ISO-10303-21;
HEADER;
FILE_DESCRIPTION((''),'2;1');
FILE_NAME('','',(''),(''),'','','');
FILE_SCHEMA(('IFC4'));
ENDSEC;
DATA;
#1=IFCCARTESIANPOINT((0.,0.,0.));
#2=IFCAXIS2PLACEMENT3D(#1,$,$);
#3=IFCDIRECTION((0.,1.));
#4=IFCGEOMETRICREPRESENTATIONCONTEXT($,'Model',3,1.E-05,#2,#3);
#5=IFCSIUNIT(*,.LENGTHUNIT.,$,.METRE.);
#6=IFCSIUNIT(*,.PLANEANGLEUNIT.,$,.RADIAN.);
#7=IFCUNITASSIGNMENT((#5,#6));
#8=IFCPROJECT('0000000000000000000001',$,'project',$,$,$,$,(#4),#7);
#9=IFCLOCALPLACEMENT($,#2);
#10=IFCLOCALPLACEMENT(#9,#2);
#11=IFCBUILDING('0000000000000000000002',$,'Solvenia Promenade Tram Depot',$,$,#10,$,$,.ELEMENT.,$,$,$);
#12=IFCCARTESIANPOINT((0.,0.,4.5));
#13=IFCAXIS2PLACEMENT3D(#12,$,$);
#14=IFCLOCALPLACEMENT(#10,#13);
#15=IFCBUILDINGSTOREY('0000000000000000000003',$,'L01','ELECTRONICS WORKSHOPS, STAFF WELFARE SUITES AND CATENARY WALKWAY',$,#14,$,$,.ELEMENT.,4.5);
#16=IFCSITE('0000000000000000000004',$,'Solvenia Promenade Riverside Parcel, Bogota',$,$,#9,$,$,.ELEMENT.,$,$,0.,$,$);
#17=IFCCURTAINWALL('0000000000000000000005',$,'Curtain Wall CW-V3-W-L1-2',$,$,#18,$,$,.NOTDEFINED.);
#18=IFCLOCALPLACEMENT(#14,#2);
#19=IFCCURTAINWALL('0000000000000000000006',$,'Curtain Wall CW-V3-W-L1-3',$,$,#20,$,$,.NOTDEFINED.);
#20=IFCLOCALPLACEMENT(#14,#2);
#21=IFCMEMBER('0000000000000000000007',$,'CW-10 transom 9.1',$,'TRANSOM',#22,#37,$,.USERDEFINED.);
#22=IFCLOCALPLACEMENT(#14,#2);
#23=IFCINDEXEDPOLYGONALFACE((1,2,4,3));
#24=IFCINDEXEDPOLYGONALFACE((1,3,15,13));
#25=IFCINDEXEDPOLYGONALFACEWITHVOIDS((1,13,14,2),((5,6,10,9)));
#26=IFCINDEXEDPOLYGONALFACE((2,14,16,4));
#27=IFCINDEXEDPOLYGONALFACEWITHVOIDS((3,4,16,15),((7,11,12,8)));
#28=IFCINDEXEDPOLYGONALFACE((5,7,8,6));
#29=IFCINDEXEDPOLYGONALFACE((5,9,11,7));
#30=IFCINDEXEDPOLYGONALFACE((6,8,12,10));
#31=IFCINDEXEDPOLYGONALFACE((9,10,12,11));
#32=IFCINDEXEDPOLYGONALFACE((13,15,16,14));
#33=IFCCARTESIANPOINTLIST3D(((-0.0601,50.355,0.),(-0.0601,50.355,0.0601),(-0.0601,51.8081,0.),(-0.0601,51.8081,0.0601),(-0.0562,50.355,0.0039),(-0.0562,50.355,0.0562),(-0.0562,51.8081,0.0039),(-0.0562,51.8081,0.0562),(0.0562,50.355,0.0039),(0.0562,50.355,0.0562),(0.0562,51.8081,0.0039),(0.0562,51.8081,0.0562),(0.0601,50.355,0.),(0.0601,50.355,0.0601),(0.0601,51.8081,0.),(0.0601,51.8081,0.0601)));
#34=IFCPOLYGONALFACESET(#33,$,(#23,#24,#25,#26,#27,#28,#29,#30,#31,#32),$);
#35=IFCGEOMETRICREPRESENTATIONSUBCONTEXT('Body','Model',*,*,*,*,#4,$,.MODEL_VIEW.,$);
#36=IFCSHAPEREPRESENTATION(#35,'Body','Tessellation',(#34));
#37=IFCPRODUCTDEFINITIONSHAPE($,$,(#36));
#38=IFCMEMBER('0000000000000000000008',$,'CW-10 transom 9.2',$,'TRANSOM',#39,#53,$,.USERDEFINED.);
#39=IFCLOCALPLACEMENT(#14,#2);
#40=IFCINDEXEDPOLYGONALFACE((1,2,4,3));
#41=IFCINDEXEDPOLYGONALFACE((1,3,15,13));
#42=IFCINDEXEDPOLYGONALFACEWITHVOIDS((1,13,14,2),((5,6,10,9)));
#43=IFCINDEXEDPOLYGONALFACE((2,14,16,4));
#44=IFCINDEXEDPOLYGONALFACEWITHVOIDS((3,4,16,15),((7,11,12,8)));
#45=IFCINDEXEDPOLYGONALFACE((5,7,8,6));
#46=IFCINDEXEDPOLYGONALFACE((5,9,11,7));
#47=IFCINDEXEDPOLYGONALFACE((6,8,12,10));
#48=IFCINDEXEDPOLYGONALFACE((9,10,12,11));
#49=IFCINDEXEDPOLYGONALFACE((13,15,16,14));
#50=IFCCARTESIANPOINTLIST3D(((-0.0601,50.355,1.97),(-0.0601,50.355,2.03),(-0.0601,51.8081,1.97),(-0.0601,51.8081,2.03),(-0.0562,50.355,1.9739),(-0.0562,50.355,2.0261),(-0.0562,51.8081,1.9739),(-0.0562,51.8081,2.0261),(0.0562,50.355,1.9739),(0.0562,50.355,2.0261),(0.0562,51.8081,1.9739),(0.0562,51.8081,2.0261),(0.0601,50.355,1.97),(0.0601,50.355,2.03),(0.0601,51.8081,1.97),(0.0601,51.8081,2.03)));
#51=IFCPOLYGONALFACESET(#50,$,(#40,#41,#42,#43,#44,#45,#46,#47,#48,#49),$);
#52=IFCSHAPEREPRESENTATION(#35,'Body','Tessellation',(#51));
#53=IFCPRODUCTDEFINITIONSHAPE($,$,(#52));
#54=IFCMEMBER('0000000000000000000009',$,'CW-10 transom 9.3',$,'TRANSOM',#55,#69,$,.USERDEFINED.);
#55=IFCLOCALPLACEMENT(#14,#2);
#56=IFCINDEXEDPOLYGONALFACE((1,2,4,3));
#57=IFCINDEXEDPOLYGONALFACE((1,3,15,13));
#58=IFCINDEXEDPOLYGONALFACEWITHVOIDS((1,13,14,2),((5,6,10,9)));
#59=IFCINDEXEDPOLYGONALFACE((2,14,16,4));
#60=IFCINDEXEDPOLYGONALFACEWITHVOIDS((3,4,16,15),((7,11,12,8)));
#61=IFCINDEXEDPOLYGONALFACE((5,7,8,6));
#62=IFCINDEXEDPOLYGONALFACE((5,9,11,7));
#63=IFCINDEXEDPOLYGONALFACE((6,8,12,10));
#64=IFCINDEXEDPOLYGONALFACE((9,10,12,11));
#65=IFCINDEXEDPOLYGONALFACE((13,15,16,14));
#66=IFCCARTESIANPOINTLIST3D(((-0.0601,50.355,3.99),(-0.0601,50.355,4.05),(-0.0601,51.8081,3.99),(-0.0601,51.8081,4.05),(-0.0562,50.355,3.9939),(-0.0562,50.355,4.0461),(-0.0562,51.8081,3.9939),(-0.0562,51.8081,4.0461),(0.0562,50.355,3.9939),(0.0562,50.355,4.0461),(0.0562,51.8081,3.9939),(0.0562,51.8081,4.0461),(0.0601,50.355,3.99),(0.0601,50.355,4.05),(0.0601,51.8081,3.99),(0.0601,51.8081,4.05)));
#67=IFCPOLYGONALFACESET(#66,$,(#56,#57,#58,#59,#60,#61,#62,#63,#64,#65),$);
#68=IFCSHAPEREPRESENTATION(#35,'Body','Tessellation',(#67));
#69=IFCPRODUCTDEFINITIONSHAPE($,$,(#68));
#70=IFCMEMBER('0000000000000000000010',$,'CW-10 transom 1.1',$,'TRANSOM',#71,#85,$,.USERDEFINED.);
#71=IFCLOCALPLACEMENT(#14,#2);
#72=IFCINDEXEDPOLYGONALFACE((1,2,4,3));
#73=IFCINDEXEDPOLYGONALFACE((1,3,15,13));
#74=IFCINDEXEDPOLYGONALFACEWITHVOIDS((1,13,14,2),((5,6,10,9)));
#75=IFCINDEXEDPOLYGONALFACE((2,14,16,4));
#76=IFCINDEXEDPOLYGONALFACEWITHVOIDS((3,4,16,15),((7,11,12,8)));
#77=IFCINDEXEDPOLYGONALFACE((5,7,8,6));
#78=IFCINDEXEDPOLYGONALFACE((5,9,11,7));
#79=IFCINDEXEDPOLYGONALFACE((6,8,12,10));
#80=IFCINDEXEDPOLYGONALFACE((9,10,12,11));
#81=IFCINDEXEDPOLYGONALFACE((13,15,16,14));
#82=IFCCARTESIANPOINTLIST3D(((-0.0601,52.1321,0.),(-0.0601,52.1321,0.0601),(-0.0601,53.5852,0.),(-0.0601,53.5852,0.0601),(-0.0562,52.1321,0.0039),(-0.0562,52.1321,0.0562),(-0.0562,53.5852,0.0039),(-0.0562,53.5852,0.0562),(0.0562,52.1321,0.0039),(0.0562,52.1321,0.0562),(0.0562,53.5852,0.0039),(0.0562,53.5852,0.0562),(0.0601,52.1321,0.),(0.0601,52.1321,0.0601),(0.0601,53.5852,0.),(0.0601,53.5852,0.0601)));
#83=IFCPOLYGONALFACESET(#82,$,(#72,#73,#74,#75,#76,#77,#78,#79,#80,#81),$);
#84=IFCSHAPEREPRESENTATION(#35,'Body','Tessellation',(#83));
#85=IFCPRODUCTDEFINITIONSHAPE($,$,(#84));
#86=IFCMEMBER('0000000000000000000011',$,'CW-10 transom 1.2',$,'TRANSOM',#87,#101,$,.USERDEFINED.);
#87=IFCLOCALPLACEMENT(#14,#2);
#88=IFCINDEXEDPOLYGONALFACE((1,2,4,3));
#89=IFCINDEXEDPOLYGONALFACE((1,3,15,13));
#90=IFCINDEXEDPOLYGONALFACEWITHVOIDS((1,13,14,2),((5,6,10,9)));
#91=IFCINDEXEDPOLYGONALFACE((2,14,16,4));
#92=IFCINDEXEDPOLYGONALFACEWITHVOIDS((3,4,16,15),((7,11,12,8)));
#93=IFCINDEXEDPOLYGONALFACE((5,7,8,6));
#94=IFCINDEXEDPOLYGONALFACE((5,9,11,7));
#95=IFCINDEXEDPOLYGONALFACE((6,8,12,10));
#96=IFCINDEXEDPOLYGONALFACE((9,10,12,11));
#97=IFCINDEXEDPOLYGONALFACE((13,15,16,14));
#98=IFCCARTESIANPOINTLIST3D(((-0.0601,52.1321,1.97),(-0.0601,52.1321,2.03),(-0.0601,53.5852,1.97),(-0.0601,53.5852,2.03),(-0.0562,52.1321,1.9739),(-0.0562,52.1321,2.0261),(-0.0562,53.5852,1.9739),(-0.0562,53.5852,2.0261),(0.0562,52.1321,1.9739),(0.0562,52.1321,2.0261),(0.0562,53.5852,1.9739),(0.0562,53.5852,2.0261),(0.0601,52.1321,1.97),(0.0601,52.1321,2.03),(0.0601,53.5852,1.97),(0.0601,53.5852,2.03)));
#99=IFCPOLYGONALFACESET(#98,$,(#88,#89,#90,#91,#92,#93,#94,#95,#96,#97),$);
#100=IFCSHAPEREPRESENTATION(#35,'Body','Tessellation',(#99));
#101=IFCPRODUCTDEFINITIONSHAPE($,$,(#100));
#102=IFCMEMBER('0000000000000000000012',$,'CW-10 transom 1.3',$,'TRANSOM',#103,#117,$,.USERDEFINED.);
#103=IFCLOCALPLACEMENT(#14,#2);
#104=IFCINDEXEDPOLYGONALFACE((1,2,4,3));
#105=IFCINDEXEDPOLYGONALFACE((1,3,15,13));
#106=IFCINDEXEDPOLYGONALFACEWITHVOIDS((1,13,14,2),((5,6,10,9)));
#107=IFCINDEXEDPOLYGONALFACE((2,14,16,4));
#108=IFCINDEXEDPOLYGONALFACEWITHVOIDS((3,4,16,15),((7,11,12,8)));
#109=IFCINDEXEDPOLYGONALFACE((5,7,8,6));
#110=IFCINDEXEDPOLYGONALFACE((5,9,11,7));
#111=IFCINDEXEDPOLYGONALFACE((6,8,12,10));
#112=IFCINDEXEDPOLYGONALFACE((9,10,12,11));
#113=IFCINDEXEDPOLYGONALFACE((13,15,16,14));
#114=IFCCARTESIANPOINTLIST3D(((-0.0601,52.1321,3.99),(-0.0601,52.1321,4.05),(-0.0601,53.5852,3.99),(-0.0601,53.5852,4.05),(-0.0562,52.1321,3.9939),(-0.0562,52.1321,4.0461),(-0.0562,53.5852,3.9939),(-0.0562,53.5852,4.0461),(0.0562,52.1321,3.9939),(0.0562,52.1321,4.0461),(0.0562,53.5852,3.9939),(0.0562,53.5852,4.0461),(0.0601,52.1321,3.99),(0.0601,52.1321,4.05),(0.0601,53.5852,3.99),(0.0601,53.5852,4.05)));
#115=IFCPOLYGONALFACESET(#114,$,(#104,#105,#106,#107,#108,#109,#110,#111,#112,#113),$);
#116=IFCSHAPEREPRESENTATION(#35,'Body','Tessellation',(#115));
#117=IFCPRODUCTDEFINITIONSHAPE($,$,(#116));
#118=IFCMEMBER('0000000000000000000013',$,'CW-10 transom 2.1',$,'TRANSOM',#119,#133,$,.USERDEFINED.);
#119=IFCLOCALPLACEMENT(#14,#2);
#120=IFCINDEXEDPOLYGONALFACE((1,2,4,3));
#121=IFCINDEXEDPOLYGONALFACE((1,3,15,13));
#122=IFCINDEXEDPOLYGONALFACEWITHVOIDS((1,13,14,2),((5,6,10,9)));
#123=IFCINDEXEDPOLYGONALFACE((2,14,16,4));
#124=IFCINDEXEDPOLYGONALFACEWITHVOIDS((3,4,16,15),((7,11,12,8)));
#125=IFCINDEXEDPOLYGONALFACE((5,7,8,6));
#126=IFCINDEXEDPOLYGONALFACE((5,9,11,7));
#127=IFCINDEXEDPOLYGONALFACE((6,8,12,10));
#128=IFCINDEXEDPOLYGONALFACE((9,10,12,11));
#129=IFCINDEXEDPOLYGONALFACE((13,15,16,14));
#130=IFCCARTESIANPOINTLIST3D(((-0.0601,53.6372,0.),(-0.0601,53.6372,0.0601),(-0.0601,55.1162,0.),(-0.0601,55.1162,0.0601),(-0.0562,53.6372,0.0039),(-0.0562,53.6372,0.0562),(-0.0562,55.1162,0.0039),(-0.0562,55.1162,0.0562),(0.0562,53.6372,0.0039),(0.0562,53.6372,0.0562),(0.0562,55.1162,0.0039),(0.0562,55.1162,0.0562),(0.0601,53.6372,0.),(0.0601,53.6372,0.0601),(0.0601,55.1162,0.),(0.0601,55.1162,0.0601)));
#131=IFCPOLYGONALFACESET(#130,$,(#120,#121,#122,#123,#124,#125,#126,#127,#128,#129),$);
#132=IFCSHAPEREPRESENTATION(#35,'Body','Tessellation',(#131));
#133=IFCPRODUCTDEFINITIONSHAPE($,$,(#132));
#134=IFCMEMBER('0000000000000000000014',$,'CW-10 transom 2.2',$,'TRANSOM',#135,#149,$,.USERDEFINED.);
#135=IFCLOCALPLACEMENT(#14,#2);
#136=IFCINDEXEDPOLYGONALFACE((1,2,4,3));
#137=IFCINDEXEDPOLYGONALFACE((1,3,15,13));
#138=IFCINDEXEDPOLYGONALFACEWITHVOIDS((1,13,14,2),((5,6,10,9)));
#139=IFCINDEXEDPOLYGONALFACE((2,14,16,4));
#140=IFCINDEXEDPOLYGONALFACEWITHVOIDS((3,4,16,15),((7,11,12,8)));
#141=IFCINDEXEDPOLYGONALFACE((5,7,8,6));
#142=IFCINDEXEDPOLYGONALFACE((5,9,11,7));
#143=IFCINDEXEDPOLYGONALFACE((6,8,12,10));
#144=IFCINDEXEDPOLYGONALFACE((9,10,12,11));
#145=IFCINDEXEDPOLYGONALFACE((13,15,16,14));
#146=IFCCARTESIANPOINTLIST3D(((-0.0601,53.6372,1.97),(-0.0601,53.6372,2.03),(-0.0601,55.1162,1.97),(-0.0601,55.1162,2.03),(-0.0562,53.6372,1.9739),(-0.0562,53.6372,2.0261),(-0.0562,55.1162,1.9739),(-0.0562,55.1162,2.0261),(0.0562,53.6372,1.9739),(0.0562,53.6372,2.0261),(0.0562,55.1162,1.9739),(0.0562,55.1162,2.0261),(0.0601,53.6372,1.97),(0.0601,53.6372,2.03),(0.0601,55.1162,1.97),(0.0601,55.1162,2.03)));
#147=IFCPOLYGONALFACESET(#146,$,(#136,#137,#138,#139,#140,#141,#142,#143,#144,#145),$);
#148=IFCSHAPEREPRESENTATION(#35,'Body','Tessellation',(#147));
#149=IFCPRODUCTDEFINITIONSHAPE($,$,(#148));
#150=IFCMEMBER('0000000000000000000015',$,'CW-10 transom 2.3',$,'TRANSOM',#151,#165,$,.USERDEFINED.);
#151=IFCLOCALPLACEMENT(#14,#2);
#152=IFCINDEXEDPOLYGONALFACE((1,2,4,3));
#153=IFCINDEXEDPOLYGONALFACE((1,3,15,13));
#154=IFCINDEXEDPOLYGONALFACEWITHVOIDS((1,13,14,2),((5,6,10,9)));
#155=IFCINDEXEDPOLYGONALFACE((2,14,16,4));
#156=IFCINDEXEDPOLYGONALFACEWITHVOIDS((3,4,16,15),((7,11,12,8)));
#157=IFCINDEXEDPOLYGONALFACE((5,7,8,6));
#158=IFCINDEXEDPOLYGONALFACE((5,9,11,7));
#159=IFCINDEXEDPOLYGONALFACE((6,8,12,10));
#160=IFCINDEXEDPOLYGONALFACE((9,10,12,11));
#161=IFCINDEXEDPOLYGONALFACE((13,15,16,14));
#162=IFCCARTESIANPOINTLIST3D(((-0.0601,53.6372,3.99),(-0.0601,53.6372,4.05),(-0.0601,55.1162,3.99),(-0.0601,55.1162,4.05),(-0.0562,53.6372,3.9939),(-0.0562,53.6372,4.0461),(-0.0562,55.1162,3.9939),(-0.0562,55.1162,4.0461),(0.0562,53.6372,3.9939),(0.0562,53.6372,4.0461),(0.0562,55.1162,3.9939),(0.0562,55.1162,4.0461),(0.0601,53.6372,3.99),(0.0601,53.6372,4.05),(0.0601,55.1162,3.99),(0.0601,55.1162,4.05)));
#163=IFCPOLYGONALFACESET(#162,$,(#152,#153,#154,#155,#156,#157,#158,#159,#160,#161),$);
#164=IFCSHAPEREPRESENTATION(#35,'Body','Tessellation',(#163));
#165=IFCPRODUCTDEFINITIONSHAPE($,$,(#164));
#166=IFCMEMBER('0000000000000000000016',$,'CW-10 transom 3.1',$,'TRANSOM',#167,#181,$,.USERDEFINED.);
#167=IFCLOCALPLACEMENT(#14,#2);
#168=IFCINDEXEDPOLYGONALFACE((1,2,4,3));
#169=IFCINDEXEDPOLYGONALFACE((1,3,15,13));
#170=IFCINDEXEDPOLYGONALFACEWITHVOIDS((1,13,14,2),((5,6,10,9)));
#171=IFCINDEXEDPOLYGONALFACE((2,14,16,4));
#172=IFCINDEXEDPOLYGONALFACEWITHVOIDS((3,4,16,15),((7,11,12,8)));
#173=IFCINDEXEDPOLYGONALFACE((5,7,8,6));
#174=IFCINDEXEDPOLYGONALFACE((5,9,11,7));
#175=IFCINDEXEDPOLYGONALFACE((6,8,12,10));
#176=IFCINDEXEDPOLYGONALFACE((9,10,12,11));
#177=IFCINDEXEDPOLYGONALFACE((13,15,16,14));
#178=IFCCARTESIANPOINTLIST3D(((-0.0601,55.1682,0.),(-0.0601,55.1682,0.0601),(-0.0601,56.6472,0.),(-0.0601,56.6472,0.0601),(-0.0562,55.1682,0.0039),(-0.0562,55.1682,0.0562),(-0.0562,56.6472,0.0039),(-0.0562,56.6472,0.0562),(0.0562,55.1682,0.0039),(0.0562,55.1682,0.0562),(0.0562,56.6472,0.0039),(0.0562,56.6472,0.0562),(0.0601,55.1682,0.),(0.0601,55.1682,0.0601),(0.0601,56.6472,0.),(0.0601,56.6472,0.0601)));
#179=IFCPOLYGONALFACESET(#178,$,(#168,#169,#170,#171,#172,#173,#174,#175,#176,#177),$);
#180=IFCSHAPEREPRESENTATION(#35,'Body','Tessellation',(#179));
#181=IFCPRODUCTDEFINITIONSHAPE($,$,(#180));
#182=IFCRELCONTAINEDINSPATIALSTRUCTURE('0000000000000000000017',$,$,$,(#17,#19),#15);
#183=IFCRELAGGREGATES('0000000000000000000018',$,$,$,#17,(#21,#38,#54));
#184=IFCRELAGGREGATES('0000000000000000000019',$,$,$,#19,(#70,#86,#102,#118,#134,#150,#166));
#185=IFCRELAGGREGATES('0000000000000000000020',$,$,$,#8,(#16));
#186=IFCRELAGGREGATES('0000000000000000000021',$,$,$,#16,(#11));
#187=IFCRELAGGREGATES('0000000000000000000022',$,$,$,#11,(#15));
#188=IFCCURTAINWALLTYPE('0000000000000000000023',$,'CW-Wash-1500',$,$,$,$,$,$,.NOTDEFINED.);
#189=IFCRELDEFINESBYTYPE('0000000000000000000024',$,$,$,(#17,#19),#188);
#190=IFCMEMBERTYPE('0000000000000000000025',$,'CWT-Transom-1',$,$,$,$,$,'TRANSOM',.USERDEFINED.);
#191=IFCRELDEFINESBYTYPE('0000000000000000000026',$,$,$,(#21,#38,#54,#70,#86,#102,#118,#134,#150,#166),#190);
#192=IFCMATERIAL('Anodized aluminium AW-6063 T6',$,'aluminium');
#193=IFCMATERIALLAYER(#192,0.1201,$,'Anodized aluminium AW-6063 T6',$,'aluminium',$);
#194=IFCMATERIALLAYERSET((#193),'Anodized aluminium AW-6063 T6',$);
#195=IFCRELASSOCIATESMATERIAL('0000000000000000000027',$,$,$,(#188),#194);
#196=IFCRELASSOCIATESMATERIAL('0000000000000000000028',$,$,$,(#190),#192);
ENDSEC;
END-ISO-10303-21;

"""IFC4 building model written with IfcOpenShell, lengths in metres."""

from ifc_helpers import new_model, si_unit, direction, frame, origin, origin_2d, place, context, subcontext, project, spatial, hollow_rectangle, extrude, material, layer, layer_set, material_profile, profile_set, type_object, element, aggregate, save


model = new_model("IFC4")

# Units and contexts
model_context = context("Model", 3, precision=1e-05, world=origin(), true_north=direction((0.0, 1.0)))
body_context = subcontext(model_context, "Body", "Model", "MODEL_VIEW")
ifc_project = project(units=[si_unit("LENGTHUNIT", "METRE"), si_unit("PLANEANGLEUNIT", "RADIAN")], contexts=[model_context])

# Site, building, storey
site_placement = place(None, origin())
site = spatial("IfcSite", under=ifc_project, at=site_placement, Name="Solvenia Promenade Riverside Parcel, Bogota", CompositionType="ELEMENT", RefElevation=0.0)
building_placement = place(site_placement, origin())
building = spatial("IfcBuilding", under=site, at=building_placement, Name="Solvenia Promenade Tram Depot", CompositionType="ELEMENT")
storey_placement = place(building_placement, frame((0.0, 0.0, 4.5)))
storey = spatial("IfcBuildingStorey", under=building, at=storey_placement, Name="L01", Description="ELECTRONICS WORKSHOPS, STAFF WELFARE SUITES AND CATENARY WALKWAY", CompositionType="ELEMENT", Elevation=4.5)

# Curtain walls
ifc_material_1 = material(Name="Anodized aluminium AW-6063 T6", Category="aluminium")
ifc_layer_1 = layer(ifc_material_1, 0.1201, Name="Anodized aluminium AW-6063 T6", Category="aluminium")
ifc_layer_set_1 = layer_set([ifc_layer_1], Name="Anodized aluminium AW-6063 T6")
curtain_wall_type = type_object("IfcCurtainWallType", Name="CW-Wash-1500", PredefinedType="NOTDEFINED", material=ifc_layer_set_1)
curtain_wall_1_placement = place(storey_placement, origin())
curtain_wall_1 = element("IfcCurtainWall", 1, at=curtain_wall_1_placement, inside=storey, type_object=curtain_wall_type, Name="Curtain Wall CW-V3-W-L1-2", PredefinedType="NOTDEFINED")
curtain_wall_2_placement = place(storey_placement, origin())
curtain_wall_2 = element("IfcCurtainWall", 2, at=curtain_wall_2_placement, inside=storey, type_object=curtain_wall_type, Name="Curtain Wall CW-V3-W-L1-3", PredefinedType="NOTDEFINED")

# Members
ifc_material_profile_1 = material_profile(ifc_material_1, hollow_rectangle(XDim=0.1201, YDim=0.0601, WallThickness=0.0039, at=origin_2d()), Name="ALU-T1", Category="aluminium")
ifc_profile_set_1 = profile_set([ifc_material_profile_1], Name="Anodized aluminium AW-6063 T6")
member_type_1 = type_object("IfcMemberType", Name="CWT-Transom-1", ElementType="TRANSOM", PredefinedType="USERDEFINED", material=ifc_profile_set_1)
member_1_placement = place(storey_placement, frame((0.0, 50.355, 0.03), z_axis=(0.0, 1.0, 0.0), x_axis=(-1.0, 0.0, 0.0)))
member_1 = element("IfcMember", 3, at=member_1_placement, type_object=member_type_1, Name="CW-10 transom 9.1", ObjectType="TRANSOM", PredefinedType="USERDEFINED", context=body_context, shape_type="SweptSolid", body=[
    extrude(hollow_rectangle(XDim=0.1201, YDim=0.0601, WallThickness=0.0039, at=origin_2d()), origin(), (0.0, 0.0, 1.0), 1.4531),
])
member_2_placement = place(storey_placement, frame((0.0, 50.355, 2.0), z_axis=(0.0, 1.0, 0.0), x_axis=(-1.0, 0.0, 0.0)))
member_2 = element("IfcMember", 4, at=member_2_placement, type_object=member_type_1, Name="CW-10 transom 9.2", ObjectType="TRANSOM", PredefinedType="USERDEFINED", context=body_context, shape_type="SweptSolid", body=[
    extrude(hollow_rectangle(XDim=0.1201, YDim=0.0601, WallThickness=0.0039, at=origin_2d()), origin(), (0.0, 0.0, 1.0), 1.4531),
])
member_3_placement = place(storey_placement, frame((0.0, 50.355, 4.02), z_axis=(0.0, 1.0, 0.0), x_axis=(-1.0, 0.0, 0.0)))
member_3 = element("IfcMember", 5, at=member_3_placement, type_object=member_type_1, Name="CW-10 transom 9.3", ObjectType="TRANSOM", PredefinedType="USERDEFINED", context=body_context, shape_type="SweptSolid", body=[
    extrude(hollow_rectangle(XDim=0.1201, YDim=0.0601, WallThickness=0.0039, at=origin_2d()), origin(), (0.0, 0.0, 1.0), 1.4531),
])
member_4_placement = place(storey_placement, frame((0.0, 52.1321, 0.03), z_axis=(0.0, 1.0, 0.0), x_axis=(-1.0, 0.0, 0.0)))
member_4 = element("IfcMember", 6, at=member_4_placement, type_object=member_type_1, Name="CW-10 transom 1.1", ObjectType="TRANSOM", PredefinedType="USERDEFINED", context=body_context, shape_type="SweptSolid", body=[
    extrude(hollow_rectangle(XDim=0.1201, YDim=0.0601, WallThickness=0.0039, at=origin_2d()), origin(), (0.0, 0.0, 1.0), 1.4531),
])
member_5_placement = place(storey_placement, frame((0.0, 52.1321, 2.0), z_axis=(0.0, 1.0, 0.0), x_axis=(-1.0, 0.0, 0.0)))
member_5 = element("IfcMember", 7, at=member_5_placement, type_object=member_type_1, Name="CW-10 transom 1.2", ObjectType="TRANSOM", PredefinedType="USERDEFINED", context=body_context, shape_type="SweptSolid", body=[
    extrude(hollow_rectangle(XDim=0.1201, YDim=0.0601, WallThickness=0.0039, at=origin_2d()), origin(), (0.0, 0.0, 1.0), 1.4531),
])
member_6_placement = place(storey_placement, frame((0.0, 52.1321, 4.02), z_axis=(0.0, 1.0, 0.0), x_axis=(-1.0, 0.0, 0.0)))
member_6 = element("IfcMember", 8, at=member_6_placement, type_object=member_type_1, Name="CW-10 transom 1.3", ObjectType="TRANSOM", PredefinedType="USERDEFINED", context=body_context, shape_type="SweptSolid", body=[
    extrude(hollow_rectangle(XDim=0.1201, YDim=0.0601, WallThickness=0.0039, at=origin_2d()), origin(), (0.0, 0.0, 1.0), 1.4531),
])
member_7_placement = place(storey_placement, frame((0.0, 53.6372, 0.03), z_axis=(0.0, 1.0, 0.0), x_axis=(-1.0, 0.0, 0.0)))
member_7 = element("IfcMember", 9, at=member_7_placement, type_object=member_type_1, Name="CW-10 transom 2.1", ObjectType="TRANSOM", PredefinedType="USERDEFINED", context=body_context, shape_type="SweptSolid", body=[
    extrude(hollow_rectangle(XDim=0.1201, YDim=0.0601, WallThickness=0.0039, at=origin_2d()), origin(), (0.0, 0.0, 1.0), 1.479),
])
member_8_placement = place(storey_placement, frame((0.0, 53.6372, 2.0), z_axis=(0.0, 1.0, 0.0), x_axis=(-1.0, 0.0, 0.0)))
member_8 = element("IfcMember", 10, at=member_8_placement, type_object=member_type_1, Name="CW-10 transom 2.2", ObjectType="TRANSOM", PredefinedType="USERDEFINED", context=body_context, shape_type="SweptSolid", body=[
    extrude(hollow_rectangle(XDim=0.1201, YDim=0.0601, WallThickness=0.0039, at=origin_2d()), origin(), (0.0, 0.0, 1.0), 1.479),
])
member_9_placement = place(storey_placement, frame((0.0, 53.6372, 4.02), z_axis=(0.0, 1.0, 0.0), x_axis=(-1.0, 0.0, 0.0)))
member_9 = element("IfcMember", 11, at=member_9_placement, type_object=member_type_1, Name="CW-10 transom 2.3", ObjectType="TRANSOM", PredefinedType="USERDEFINED", context=body_context, shape_type="SweptSolid", body=[
    extrude(hollow_rectangle(XDim=0.1201, YDim=0.0601, WallThickness=0.0039, at=origin_2d()), origin(), (0.0, 0.0, 1.0), 1.479),
])
member_10_placement = place(storey_placement, frame((0.0, 55.1682, 0.03), z_axis=(0.0, 1.0, 0.0), x_axis=(-1.0, 0.0, 0.0)))
member_10 = element("IfcMember", 12, at=member_10_placement, type_object=member_type_1, Name="CW-10 transom 3.1", ObjectType="TRANSOM", PredefinedType="USERDEFINED", context=body_context, shape_type="SweptSolid", body=[
    extrude(hollow_rectangle(XDim=0.1201, YDim=0.0601, WallThickness=0.0039, at=origin_2d()), origin(), (0.0, 0.0, 1.0), 1.479),
])

aggregate(curtain_wall_1, [member_1, member_2, member_3])
aggregate(curtain_wall_2, [member_4, member_5, member_6, member_7, member_8, member_9, member_10])

save(model, "model.ifc")
